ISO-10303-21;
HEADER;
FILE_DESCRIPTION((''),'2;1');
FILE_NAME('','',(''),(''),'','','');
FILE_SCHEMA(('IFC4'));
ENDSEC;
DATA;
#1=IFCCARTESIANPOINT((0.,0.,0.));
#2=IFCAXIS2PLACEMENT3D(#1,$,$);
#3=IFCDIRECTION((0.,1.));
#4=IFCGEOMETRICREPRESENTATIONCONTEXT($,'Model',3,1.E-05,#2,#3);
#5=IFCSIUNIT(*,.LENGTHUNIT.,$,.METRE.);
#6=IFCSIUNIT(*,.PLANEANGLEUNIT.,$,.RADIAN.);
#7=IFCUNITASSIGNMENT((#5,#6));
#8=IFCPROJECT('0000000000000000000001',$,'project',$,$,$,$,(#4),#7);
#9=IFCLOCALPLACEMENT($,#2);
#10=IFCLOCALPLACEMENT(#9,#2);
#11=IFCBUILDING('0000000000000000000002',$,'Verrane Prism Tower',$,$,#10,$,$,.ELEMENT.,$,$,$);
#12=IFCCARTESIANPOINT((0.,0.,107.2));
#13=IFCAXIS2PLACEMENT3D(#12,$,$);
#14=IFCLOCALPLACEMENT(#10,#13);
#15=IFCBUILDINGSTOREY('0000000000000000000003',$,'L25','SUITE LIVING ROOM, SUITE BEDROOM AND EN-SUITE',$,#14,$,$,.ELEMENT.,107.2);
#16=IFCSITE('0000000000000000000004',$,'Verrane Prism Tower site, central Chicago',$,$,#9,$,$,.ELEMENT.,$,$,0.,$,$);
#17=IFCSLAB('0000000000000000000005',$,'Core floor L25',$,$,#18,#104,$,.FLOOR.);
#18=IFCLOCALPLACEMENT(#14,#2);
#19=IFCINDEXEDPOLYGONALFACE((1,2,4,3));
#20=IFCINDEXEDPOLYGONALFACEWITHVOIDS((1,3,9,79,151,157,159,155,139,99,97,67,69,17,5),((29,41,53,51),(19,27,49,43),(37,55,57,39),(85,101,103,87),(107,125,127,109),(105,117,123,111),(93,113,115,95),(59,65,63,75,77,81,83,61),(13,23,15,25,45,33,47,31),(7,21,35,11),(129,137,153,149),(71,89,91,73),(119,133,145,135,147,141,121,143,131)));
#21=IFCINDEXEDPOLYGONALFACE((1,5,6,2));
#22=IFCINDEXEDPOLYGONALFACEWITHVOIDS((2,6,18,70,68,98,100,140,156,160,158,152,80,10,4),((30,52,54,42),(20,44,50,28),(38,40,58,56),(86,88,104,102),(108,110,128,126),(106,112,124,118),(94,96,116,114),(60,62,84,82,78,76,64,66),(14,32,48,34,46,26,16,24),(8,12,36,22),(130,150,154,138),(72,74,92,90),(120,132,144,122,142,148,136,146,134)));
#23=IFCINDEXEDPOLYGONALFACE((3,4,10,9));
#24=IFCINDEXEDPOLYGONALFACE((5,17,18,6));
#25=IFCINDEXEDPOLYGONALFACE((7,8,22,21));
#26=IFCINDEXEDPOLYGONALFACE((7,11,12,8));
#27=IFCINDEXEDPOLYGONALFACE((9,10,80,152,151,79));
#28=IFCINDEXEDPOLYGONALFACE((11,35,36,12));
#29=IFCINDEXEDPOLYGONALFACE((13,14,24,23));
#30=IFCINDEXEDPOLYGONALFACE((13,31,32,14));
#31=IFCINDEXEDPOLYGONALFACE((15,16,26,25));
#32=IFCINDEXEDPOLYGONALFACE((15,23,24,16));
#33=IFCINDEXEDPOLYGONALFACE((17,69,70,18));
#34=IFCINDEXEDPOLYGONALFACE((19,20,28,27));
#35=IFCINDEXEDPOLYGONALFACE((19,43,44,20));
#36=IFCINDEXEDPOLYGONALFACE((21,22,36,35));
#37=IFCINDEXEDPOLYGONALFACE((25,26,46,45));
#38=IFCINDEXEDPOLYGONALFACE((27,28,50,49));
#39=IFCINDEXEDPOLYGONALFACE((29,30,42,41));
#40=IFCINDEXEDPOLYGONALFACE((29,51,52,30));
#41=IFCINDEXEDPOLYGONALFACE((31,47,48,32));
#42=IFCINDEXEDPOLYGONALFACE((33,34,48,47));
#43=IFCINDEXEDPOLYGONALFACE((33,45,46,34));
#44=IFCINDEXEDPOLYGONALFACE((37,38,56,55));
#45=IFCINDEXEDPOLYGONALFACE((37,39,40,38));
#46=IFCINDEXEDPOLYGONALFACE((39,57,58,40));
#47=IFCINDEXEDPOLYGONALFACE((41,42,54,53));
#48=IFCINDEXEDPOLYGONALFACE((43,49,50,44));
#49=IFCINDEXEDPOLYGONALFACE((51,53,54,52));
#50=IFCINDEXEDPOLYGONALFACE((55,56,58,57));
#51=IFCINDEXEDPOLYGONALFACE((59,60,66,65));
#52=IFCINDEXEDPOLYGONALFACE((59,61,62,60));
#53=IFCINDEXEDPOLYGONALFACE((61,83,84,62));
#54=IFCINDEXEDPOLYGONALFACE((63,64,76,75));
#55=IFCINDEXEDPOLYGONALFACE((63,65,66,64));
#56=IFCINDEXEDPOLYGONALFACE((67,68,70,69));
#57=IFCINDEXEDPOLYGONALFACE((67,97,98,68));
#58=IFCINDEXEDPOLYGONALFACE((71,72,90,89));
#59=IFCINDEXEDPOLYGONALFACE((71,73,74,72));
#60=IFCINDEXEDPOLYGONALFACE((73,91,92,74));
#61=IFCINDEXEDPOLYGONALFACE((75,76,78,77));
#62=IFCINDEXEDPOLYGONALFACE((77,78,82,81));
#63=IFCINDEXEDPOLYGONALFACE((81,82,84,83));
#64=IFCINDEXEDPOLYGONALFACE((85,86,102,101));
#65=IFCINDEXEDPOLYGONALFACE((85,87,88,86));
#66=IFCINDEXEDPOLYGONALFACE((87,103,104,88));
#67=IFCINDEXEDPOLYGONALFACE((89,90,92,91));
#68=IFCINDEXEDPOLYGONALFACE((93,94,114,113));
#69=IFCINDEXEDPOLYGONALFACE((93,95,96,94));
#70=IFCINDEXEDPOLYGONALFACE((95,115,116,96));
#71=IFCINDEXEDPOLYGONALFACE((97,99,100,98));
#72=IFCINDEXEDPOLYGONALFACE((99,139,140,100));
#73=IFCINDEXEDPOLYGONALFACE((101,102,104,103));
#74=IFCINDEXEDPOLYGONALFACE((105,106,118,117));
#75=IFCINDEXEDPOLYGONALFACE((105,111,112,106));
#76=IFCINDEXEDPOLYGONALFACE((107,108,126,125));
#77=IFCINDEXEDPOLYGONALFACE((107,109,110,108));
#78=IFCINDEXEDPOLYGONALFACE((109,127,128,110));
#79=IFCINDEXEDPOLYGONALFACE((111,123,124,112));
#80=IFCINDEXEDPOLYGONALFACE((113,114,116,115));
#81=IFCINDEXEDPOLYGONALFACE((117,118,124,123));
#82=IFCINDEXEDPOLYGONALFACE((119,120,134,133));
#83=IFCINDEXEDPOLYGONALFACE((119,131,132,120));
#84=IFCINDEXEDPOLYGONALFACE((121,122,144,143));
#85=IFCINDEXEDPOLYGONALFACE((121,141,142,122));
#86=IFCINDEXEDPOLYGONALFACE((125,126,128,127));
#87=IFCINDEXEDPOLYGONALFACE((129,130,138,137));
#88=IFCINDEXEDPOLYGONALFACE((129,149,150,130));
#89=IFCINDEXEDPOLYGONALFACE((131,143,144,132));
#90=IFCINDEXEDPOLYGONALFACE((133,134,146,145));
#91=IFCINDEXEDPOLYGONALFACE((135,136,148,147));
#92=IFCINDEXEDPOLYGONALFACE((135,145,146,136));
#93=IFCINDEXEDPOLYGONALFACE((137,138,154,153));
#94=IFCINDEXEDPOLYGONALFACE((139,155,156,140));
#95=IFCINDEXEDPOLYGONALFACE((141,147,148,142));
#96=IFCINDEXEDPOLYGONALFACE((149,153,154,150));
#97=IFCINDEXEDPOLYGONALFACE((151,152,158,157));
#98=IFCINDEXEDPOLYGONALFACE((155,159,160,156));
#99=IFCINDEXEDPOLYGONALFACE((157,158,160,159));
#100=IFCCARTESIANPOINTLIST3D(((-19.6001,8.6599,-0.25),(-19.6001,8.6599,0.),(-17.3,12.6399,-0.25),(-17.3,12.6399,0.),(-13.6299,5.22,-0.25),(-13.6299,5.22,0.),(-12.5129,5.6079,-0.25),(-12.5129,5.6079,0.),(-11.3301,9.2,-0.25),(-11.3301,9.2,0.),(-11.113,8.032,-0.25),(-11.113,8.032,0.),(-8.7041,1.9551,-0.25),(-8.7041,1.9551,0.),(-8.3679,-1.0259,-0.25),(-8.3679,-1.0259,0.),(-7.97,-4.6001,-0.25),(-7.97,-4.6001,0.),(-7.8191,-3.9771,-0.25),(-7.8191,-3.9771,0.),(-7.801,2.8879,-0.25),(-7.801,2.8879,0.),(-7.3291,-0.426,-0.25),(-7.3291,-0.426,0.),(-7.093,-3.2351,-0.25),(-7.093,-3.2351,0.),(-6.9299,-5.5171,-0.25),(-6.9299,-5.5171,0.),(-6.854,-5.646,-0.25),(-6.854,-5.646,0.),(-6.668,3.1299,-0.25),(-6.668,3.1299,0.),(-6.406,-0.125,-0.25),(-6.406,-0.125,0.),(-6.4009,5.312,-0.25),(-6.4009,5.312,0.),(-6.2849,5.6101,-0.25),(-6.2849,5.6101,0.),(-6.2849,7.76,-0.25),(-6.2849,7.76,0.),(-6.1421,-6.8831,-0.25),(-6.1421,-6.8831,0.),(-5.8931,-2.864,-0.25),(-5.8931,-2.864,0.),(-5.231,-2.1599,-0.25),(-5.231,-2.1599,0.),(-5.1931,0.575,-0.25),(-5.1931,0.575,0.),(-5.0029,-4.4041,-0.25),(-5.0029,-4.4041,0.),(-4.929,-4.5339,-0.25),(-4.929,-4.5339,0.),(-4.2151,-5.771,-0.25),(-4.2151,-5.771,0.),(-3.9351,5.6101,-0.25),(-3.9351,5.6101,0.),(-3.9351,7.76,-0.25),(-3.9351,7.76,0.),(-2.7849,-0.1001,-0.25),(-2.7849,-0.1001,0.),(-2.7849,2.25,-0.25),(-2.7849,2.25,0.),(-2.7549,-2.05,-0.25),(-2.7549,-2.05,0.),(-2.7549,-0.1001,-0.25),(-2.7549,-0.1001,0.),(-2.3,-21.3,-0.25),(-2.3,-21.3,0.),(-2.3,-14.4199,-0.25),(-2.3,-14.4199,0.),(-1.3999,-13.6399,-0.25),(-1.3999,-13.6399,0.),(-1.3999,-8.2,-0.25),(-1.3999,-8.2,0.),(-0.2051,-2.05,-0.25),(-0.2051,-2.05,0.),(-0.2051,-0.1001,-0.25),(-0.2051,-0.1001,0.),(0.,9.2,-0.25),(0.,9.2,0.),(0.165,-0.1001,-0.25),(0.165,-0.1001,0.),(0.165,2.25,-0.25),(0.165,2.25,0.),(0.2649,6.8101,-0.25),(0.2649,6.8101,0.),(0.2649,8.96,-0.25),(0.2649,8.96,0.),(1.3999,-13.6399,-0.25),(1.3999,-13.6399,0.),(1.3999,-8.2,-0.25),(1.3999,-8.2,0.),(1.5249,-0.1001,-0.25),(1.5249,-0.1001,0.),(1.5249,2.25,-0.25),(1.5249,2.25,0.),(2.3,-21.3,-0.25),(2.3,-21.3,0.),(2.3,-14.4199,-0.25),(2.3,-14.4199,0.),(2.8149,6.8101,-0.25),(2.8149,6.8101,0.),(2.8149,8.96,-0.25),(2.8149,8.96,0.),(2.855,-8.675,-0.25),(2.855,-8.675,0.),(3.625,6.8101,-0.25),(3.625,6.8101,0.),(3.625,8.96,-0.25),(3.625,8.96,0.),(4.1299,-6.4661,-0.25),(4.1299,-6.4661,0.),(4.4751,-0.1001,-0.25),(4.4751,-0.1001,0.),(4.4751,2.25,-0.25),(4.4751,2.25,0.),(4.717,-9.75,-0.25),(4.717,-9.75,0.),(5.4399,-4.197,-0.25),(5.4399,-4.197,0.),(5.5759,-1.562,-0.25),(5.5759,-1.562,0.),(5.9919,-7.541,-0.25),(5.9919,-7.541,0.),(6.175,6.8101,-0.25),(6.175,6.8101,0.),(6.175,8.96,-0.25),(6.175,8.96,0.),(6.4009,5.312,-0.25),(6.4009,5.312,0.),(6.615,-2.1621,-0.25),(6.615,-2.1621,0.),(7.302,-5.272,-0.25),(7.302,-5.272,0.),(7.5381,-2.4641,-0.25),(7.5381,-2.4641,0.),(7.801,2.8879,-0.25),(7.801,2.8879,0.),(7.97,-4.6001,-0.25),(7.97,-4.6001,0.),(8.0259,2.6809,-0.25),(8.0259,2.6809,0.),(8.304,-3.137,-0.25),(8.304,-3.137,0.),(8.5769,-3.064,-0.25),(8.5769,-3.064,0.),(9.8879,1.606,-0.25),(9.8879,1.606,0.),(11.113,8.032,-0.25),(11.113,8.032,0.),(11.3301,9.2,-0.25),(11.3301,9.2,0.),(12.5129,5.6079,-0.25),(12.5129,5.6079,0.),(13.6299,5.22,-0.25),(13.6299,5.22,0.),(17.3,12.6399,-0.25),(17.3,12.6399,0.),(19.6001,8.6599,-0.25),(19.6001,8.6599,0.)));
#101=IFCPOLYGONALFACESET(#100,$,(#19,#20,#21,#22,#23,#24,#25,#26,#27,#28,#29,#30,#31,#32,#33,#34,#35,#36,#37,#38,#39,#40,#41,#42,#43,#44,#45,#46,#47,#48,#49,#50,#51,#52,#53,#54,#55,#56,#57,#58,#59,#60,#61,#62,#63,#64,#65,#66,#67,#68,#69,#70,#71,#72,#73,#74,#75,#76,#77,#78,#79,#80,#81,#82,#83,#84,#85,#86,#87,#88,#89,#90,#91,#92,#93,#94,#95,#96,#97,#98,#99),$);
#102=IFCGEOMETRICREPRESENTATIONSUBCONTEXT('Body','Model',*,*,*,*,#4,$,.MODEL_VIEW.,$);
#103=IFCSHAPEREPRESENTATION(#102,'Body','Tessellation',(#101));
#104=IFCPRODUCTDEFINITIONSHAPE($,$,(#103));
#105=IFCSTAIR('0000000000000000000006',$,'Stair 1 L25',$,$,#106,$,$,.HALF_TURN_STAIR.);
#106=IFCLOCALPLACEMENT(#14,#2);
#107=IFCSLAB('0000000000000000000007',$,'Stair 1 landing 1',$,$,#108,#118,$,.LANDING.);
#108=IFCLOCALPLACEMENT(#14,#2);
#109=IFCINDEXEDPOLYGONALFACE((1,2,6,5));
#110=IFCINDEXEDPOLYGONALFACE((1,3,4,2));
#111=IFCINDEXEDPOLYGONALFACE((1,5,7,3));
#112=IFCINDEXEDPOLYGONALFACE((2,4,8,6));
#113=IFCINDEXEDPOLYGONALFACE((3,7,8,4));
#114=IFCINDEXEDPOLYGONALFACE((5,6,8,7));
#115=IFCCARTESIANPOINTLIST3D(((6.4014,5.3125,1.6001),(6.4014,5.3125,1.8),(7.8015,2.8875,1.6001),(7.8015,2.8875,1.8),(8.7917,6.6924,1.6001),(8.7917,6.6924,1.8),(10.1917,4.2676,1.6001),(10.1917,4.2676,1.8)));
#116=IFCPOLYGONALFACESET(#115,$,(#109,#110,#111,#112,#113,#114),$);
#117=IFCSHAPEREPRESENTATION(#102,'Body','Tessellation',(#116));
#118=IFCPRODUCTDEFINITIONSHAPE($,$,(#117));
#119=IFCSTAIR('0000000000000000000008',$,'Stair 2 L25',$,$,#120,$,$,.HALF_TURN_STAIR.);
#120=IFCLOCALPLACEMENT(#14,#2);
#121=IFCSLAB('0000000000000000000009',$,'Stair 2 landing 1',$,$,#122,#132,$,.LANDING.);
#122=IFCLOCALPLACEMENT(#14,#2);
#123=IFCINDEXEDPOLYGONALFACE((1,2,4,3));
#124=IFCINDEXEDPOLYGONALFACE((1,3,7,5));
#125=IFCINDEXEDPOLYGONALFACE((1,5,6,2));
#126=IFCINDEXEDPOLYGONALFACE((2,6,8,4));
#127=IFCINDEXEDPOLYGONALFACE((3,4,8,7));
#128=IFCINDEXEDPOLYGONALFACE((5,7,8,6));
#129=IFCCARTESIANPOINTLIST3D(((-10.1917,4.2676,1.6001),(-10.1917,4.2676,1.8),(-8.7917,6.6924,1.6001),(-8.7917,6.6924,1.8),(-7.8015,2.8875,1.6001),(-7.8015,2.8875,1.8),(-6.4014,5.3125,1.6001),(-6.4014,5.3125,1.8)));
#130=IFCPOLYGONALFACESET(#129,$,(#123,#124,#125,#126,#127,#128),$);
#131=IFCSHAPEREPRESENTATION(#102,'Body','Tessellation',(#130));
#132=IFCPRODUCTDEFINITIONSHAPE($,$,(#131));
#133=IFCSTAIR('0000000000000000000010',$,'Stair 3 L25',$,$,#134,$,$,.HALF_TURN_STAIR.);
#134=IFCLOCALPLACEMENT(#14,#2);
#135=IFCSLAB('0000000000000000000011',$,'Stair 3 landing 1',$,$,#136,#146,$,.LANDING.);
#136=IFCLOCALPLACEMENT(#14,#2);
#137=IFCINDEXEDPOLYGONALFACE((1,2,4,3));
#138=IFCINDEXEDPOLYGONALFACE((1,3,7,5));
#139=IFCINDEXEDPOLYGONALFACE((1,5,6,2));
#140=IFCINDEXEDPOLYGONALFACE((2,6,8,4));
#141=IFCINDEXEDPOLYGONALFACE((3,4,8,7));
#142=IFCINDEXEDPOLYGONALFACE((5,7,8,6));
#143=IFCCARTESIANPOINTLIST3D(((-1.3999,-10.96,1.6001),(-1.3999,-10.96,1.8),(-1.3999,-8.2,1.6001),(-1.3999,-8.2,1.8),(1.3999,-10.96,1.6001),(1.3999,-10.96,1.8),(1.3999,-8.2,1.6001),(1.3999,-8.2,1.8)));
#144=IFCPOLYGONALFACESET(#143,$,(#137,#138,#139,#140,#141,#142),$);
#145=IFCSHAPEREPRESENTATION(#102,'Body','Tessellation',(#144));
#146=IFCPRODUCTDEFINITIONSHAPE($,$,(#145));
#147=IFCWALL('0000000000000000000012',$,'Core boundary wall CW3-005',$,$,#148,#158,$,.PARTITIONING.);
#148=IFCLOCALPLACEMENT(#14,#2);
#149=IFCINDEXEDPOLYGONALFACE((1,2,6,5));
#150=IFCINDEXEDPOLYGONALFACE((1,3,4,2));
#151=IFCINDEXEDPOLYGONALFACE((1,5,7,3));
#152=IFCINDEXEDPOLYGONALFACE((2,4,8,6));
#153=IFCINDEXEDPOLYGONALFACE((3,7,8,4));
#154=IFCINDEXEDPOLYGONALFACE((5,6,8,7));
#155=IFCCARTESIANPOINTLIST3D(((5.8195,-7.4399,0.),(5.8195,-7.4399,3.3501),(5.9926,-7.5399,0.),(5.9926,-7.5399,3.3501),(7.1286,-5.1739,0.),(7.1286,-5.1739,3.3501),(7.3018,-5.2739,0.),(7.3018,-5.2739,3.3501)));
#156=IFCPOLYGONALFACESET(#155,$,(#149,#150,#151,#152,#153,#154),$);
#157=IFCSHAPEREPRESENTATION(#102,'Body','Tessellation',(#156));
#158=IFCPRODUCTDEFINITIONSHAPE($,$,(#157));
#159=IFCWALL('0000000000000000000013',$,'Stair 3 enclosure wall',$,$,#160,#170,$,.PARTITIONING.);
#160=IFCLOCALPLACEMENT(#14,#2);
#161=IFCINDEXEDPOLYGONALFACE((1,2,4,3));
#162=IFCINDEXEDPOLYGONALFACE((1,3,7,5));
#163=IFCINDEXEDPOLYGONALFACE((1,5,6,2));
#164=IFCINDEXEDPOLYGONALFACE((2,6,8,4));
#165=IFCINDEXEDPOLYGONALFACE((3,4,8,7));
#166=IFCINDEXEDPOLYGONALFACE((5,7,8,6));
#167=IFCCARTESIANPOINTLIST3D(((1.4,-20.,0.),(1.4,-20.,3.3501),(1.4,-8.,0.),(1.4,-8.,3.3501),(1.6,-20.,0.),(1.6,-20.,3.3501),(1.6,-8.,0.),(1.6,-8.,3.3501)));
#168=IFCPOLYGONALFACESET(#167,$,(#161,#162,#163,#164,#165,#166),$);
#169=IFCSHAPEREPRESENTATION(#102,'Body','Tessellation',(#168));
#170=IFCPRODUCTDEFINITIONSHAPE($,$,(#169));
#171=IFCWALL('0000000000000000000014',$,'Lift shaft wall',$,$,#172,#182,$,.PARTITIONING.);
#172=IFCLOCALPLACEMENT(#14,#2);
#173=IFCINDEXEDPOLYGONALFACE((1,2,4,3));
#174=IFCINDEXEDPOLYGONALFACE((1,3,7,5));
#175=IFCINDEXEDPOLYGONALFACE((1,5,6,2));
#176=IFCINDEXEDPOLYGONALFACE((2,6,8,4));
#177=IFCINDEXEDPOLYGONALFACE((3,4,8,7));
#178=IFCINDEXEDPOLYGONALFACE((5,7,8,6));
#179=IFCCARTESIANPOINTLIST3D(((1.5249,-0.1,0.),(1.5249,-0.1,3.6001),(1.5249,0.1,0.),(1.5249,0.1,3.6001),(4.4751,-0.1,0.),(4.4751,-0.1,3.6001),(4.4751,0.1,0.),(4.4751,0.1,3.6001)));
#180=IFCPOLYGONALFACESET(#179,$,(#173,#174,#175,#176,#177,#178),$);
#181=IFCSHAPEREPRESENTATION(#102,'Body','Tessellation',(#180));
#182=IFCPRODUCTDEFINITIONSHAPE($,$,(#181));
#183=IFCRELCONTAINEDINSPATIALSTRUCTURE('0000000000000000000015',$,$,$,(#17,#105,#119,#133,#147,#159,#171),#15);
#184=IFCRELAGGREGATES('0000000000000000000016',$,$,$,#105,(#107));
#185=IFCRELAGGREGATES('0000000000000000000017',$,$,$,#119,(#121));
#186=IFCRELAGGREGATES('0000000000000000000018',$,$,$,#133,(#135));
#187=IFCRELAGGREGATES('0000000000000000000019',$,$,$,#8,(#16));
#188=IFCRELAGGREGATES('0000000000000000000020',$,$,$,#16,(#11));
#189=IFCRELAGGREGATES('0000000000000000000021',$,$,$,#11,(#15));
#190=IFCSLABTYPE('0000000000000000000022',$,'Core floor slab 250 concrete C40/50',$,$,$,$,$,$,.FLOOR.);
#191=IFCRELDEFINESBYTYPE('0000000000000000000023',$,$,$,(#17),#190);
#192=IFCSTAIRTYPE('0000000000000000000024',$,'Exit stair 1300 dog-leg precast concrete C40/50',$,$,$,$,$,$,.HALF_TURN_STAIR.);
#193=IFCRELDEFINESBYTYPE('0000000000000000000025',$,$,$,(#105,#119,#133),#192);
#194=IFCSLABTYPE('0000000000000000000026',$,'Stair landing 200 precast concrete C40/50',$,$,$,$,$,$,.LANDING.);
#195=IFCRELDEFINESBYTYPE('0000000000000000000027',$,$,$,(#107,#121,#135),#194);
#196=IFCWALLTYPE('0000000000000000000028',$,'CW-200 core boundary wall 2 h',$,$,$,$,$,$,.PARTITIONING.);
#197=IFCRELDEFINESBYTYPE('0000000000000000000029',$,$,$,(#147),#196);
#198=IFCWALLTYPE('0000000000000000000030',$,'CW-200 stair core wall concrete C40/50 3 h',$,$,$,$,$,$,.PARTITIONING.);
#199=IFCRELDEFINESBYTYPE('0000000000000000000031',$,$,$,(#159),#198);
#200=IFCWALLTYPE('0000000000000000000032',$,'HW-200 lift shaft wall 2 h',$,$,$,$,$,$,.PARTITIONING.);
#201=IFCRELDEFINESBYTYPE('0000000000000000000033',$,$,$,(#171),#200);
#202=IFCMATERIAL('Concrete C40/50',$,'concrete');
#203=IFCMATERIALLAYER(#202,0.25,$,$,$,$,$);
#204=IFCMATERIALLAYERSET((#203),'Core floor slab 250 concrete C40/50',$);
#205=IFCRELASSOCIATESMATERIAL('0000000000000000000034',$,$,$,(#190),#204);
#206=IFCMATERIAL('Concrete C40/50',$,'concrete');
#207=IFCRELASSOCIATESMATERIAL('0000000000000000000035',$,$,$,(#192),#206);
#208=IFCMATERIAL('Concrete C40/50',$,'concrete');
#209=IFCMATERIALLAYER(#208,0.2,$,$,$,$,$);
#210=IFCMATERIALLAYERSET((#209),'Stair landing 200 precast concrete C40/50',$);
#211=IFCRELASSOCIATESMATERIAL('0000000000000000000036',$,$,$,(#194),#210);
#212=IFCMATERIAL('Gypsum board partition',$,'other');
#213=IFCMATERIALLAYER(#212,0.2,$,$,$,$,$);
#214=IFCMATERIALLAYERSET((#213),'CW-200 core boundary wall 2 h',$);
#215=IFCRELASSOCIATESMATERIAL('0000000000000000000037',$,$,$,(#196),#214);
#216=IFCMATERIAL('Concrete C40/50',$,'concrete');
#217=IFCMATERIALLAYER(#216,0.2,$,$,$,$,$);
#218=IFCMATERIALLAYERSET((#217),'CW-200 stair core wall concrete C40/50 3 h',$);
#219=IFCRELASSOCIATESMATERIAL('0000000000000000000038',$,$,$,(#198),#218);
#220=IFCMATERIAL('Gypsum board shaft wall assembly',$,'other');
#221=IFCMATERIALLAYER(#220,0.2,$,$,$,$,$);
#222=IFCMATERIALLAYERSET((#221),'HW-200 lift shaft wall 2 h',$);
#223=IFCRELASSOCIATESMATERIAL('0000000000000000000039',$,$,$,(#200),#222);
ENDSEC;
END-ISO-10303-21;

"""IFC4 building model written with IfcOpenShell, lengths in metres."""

from ifc_helpers import new_model, si_unit, direction, frame, frame_2d, origin, place, context, subcontext, project, spatial, polyline, rectangle, outline, extrude, material, layer, layer_set, type_object, element, aggregate, save


model = new_model("IFC4")

# Units and contexts
model_context = context("Model", 3, precision=1e-05, world=origin(), true_north=direction((0.0, 1.0)))
body_context = subcontext(model_context, "Body", "Model", "MODEL_VIEW")
ifc_project = project(units=[si_unit("LENGTHUNIT", "METRE"), si_unit("PLANEANGLEUNIT", "RADIAN")], contexts=[model_context])

# Site, building, storey
site_placement = place(None, origin())
site = spatial("IfcSite", under=ifc_project, at=site_placement, Name="Verrane Prism Tower site, central Chicago", CompositionType="ELEMENT", RefElevation=0.0)
building_placement = place(site_placement, origin())
building = spatial("IfcBuilding", under=site, at=building_placement, Name="Verrane Prism Tower", CompositionType="ELEMENT")
storey_placement = place(building_placement, frame((0.0, 0.0, 107.2)))
storey = spatial("IfcBuildingStorey", under=building, at=storey_placement, Name="L25", Description="SUITE LIVING ROOM, SUITE BEDROOM AND EN-SUITE", CompositionType="ELEMENT", Elevation=107.2)

# Slab
ifc_material_1 = material(Name="Concrete C40/50", Category="concrete")
ifc_layer_1 = layer(ifc_material_1, 0.25)
ifc_layer_set_1 = layer_set([ifc_layer_1], Name="Core floor slab 250 concrete C40/50")
slab_type_1 = type_object("IfcSlabType", Name="Core floor slab 250 concrete C40/50", PredefinedType="FLOOR", material=ifc_layer_set_1)
slab_1_placement = place(storey_placement, frame((0.0, 0.0, -0.25)))
element("IfcSlab", 1, at=slab_1_placement, inside=storey, type_object=slab_type_1, Name="Core floor L25", PredefinedType="FLOOR", context=body_context, shape_type="SweptSolid", body=[
    extrude(outline(polyline([(13.6299, 5.22), (19.6001, 8.6599), (17.3, 12.6399), (11.3301, 9.2), (0.0, 9.2), (-11.3301, 9.2), (-17.3, 12.6399), (-19.6001, 8.6599), (-13.6299, 5.22), (-7.97, -4.6001), (-2.3, -14.4199), (-2.3, -21.3), (2.3, -21.3), (2.3, -14.4199), (7.97, -4.6001), (13.6299, 5.22)]), holes=[polyline([(1.3999, -8.2), (1.3999, -13.6399), (-1.3999, -13.6399), (-1.3999, -8.2), (1.3999, -8.2)]), polyline([(-4.2151, -5.771), (-6.1421, -6.8831), (-6.854, -5.646), (-4.929, -4.5339), (-4.2151, -5.771)]), polyline([(-5.0029, -4.4041), (-6.9299, -5.5171), (-7.8191, -3.9771), (-5.8931, -2.864), (-5.0029, -4.4041)]), polyline([(0.165, 2.25), (0.165, -0.1001), (-0.2051, -0.1001), (-0.2051, -2.05), (-2.7549, -2.05), (-2.7549, -0.1001), (-2.7849, -0.1001), (-2.7849, 2.25), (0.165, 2.25)]), polyline([(-12.5129, 5.6079), (-11.113, 8.032), (-6.4009, 5.312), (-7.801, 2.8879), (-12.5129, 5.6079)]), polyline([(-6.2849, 5.6101), (-6.2849, 7.76), (-3.9351, 7.76), (-3.9351, 5.6101), (-6.2849, 5.6101)]), polyline([(4.717, -9.75), (2.855, -8.675), (4.1299, -6.4661), (5.9919, -7.541), (4.717, -9.75)]), polyline([(8.304, -3.137), (5.5759, -1.562), (8.0259, 2.6809), (9.8879, 1.606), (7.5381, -2.4641), (8.5769, -3.064), (7.302, -5.272), (5.4399, -4.197), (6.615, -2.1621), (8.304, -3.137)]), polyline([(1.5249, -0.1001), (1.5249, 2.25), (4.4751, 2.25), (4.4751, -0.1001), (1.5249, -0.1001)]), polyline([(6.4009, 5.312), (11.113, 8.032), (12.5129, 5.6079), (7.801, 2.8879), (6.4009, 5.312)]), polyline([(0.2649, 6.8101), (0.2649, 8.96), (2.8149, 8.96), (2.8149, 6.8101), (0.2649, 6.8101)]), polyline([(3.625, 6.8101), (3.625, 8.96), (6.175, 8.96), (6.175, 6.8101), (3.625, 6.8101)]), polyline([(-5.231, -2.1599), (-7.093, -3.2351), (-8.3679, -1.0259), (-7.3291, -0.426), (-8.7041, 1.9551), (-6.668, 3.1299), (-5.1931, 0.575), (-6.406, -0.125), (-5.231, -2.1599)])]), origin(), (0.0, 0.0, 1.0), 0.25),
])

# Stairs, slabs
ifc_material_2 = material(Name="Concrete C40/50", Category="concrete")
stair_type = type_object("IfcStairType", Name="Exit stair 1300 dog-leg precast concrete C40/50", PredefinedType="HALF_TURN_STAIR", material=ifc_material_2)
stair_1_placement = place(storey_placement, origin())
stair_1 = element("IfcStair", 2, at=stair_1_placement, inside=storey, type_object=stair_type, Name="Stair 1 L25", PredefinedType="HALF_TURN_STAIR")
ifc_material_3 = material(Name="Concrete C40/50", Category="concrete")
ifc_layer_2 = layer(ifc_material_3, 0.2)
ifc_layer_set_2 = layer_set([ifc_layer_2], Name="Stair landing 200 precast concrete C40/50")
slab_type_2 = type_object("IfcSlabType", Name="Stair landing 200 precast concrete C40/50", PredefinedType="LANDING", material=ifc_layer_set_2)
slab_2_placement = place(storey_placement, frame((0.0, 0.0, 1.6001)))
slab_2 = element("IfcSlab", 3, at=slab_2_placement, type_object=slab_type_2, Name="Stair 1 landing 1", PredefinedType="LANDING", context=body_context, shape_type="SweptSolid", body=[
    extrude(outline(polyline([(8.7917, 6.6924), (6.4014, 5.3125), (7.8015, 2.8875), (10.1917, 4.2676), (8.7917, 6.6924)])), origin(), (0.0, 0.0, 1.0), 0.2),
])
aggregate(stair_1, [slab_2])
stair_2_placement = place(storey_placement, origin())
stair_2 = element("IfcStair", 4, at=stair_2_placement, inside=storey, type_object=stair_type, Name="Stair 2 L25", PredefinedType="HALF_TURN_STAIR")
slab_3_placement = place(storey_placement, frame((0.0, 0.0, 1.6001)))
slab_3 = element("IfcSlab", 5, at=slab_3_placement, type_object=slab_type_2, Name="Stair 2 landing 1", PredefinedType="LANDING", context=body_context, shape_type="SweptSolid", body=[
    extrude(outline(polyline([(-10.1917, 4.2676), (-7.8015, 2.8875), (-6.4014, 5.3125), (-8.7917, 6.6924), (-10.1917, 4.2676)])), origin(), (0.0, 0.0, 1.0), 0.2),
])
aggregate(stair_2, [slab_3])
stair_3_placement = place(storey_placement, origin())
stair_3 = element("IfcStair", 6, at=stair_3_placement, inside=storey, type_object=stair_type, Name="Stair 3 L25", PredefinedType="HALF_TURN_STAIR")
slab_4_placement = place(storey_placement, frame((0.0, 0.0, 1.6001)))
slab_4 = element("IfcSlab", 7, at=slab_4_placement, type_object=slab_type_2, Name="Stair 3 landing 1", PredefinedType="LANDING", context=body_context, shape_type="SweptSolid", body=[
    extrude(outline(polyline([(1.3999, -10.96), (1.3999, -8.2), (-1.3999, -8.2), (-1.3999, -10.96), (1.3999, -10.96)])), origin(), (0.0, 0.0, 1.0), 0.2),
])
aggregate(stair_3, [slab_4])

# Walls
ifc_material_4 = material(Name="Gypsum board partition", Category="other")
ifc_layer_3 = layer(ifc_material_4, 0.2)
ifc_layer_set_3 = layer_set([ifc_layer_3], Name="CW-200 core boundary wall 2 h")
wall_type_1 = type_object("IfcWallType", Name="CW-200 core boundary wall 2 h", PredefinedType="PARTITIONING", material=ifc_layer_set_3)
wall_1_placement = place(storey_placement, frame((5.906, -7.49, 0.0), z_axis=(0.0, 0.0, 1.0), x_axis=(0.500253, 0.865879, 0.0)))
element("IfcWall", 8, at=wall_1_placement, inside=storey, type_object=wall_type_1, Name="Core boundary wall CW3-005", PredefinedType="PARTITIONING", context=body_context, shape_type="SweptSolid", body=[
    extrude(rectangle(XDim=2.6169, YDim=0.2, at=frame_2d((1.3086, 0.0))), origin(), (0.0, 0.0, 1.0), 3.3501),
])
ifc_material_5 = material(Name="Concrete C40/50", Category="concrete")
ifc_layer_4 = layer(ifc_material_5, 0.2)
ifc_layer_set_4 = layer_set([ifc_layer_4], Name="CW-200 stair core wall concrete C40/50 3 h")
wall_type_2 = type_object("IfcWallType", Name="CW-200 stair core wall concrete C40/50 3 h", PredefinedType="PARTITIONING", material=ifc_layer_set_4)
wall_2_placement = place(storey_placement, frame((1.5, -8.0, 0.0), z_axis=(0.0, 0.0, 1.0), x_axis=(0.0, -1.0, 0.0)))
element("IfcWall", 9, at=wall_2_placement, inside=storey, type_object=wall_type_2, Name="Stair 3 enclosure wall", PredefinedType="PARTITIONING", context=body_context, shape_type="SweptSolid", body=[
    extrude(rectangle(XDim=12.0, YDim=0.2, at=frame_2d((6.0, 0.0))), origin(), (0.0, 0.0, 1.0), 3.3501),
])
ifc_material_6 = material(Name="Gypsum board shaft wall assembly", Category="other")
ifc_layer_5 = layer(ifc_material_6, 0.2)
ifc_layer_set_5 = layer_set([ifc_layer_5], Name="HW-200 lift shaft wall 2 h")
wall_type_3 = type_object("IfcWallType", Name="HW-200 lift shaft wall 2 h", PredefinedType="PARTITIONING", material=ifc_layer_set_5)
wall_3_placement = place(storey_placement, frame((1.5249, 0.0, 0.0), z_axis=(0.0, 0.0, 1.0), x_axis=(1.0, 0.0, 0.0)))
element("IfcWall", 10, at=wall_3_placement, inside=storey, type_object=wall_type_3, Name="Lift shaft wall", PredefinedType="PARTITIONING", context=body_context, shape_type="SweptSolid", body=[
    extrude(rectangle(XDim=2.9502, YDim=0.2, at=frame_2d((1.4751, 0.0))), origin(), (0.0, 0.0, 1.0), 3.6001),
])

save(model, "model.ifc")
